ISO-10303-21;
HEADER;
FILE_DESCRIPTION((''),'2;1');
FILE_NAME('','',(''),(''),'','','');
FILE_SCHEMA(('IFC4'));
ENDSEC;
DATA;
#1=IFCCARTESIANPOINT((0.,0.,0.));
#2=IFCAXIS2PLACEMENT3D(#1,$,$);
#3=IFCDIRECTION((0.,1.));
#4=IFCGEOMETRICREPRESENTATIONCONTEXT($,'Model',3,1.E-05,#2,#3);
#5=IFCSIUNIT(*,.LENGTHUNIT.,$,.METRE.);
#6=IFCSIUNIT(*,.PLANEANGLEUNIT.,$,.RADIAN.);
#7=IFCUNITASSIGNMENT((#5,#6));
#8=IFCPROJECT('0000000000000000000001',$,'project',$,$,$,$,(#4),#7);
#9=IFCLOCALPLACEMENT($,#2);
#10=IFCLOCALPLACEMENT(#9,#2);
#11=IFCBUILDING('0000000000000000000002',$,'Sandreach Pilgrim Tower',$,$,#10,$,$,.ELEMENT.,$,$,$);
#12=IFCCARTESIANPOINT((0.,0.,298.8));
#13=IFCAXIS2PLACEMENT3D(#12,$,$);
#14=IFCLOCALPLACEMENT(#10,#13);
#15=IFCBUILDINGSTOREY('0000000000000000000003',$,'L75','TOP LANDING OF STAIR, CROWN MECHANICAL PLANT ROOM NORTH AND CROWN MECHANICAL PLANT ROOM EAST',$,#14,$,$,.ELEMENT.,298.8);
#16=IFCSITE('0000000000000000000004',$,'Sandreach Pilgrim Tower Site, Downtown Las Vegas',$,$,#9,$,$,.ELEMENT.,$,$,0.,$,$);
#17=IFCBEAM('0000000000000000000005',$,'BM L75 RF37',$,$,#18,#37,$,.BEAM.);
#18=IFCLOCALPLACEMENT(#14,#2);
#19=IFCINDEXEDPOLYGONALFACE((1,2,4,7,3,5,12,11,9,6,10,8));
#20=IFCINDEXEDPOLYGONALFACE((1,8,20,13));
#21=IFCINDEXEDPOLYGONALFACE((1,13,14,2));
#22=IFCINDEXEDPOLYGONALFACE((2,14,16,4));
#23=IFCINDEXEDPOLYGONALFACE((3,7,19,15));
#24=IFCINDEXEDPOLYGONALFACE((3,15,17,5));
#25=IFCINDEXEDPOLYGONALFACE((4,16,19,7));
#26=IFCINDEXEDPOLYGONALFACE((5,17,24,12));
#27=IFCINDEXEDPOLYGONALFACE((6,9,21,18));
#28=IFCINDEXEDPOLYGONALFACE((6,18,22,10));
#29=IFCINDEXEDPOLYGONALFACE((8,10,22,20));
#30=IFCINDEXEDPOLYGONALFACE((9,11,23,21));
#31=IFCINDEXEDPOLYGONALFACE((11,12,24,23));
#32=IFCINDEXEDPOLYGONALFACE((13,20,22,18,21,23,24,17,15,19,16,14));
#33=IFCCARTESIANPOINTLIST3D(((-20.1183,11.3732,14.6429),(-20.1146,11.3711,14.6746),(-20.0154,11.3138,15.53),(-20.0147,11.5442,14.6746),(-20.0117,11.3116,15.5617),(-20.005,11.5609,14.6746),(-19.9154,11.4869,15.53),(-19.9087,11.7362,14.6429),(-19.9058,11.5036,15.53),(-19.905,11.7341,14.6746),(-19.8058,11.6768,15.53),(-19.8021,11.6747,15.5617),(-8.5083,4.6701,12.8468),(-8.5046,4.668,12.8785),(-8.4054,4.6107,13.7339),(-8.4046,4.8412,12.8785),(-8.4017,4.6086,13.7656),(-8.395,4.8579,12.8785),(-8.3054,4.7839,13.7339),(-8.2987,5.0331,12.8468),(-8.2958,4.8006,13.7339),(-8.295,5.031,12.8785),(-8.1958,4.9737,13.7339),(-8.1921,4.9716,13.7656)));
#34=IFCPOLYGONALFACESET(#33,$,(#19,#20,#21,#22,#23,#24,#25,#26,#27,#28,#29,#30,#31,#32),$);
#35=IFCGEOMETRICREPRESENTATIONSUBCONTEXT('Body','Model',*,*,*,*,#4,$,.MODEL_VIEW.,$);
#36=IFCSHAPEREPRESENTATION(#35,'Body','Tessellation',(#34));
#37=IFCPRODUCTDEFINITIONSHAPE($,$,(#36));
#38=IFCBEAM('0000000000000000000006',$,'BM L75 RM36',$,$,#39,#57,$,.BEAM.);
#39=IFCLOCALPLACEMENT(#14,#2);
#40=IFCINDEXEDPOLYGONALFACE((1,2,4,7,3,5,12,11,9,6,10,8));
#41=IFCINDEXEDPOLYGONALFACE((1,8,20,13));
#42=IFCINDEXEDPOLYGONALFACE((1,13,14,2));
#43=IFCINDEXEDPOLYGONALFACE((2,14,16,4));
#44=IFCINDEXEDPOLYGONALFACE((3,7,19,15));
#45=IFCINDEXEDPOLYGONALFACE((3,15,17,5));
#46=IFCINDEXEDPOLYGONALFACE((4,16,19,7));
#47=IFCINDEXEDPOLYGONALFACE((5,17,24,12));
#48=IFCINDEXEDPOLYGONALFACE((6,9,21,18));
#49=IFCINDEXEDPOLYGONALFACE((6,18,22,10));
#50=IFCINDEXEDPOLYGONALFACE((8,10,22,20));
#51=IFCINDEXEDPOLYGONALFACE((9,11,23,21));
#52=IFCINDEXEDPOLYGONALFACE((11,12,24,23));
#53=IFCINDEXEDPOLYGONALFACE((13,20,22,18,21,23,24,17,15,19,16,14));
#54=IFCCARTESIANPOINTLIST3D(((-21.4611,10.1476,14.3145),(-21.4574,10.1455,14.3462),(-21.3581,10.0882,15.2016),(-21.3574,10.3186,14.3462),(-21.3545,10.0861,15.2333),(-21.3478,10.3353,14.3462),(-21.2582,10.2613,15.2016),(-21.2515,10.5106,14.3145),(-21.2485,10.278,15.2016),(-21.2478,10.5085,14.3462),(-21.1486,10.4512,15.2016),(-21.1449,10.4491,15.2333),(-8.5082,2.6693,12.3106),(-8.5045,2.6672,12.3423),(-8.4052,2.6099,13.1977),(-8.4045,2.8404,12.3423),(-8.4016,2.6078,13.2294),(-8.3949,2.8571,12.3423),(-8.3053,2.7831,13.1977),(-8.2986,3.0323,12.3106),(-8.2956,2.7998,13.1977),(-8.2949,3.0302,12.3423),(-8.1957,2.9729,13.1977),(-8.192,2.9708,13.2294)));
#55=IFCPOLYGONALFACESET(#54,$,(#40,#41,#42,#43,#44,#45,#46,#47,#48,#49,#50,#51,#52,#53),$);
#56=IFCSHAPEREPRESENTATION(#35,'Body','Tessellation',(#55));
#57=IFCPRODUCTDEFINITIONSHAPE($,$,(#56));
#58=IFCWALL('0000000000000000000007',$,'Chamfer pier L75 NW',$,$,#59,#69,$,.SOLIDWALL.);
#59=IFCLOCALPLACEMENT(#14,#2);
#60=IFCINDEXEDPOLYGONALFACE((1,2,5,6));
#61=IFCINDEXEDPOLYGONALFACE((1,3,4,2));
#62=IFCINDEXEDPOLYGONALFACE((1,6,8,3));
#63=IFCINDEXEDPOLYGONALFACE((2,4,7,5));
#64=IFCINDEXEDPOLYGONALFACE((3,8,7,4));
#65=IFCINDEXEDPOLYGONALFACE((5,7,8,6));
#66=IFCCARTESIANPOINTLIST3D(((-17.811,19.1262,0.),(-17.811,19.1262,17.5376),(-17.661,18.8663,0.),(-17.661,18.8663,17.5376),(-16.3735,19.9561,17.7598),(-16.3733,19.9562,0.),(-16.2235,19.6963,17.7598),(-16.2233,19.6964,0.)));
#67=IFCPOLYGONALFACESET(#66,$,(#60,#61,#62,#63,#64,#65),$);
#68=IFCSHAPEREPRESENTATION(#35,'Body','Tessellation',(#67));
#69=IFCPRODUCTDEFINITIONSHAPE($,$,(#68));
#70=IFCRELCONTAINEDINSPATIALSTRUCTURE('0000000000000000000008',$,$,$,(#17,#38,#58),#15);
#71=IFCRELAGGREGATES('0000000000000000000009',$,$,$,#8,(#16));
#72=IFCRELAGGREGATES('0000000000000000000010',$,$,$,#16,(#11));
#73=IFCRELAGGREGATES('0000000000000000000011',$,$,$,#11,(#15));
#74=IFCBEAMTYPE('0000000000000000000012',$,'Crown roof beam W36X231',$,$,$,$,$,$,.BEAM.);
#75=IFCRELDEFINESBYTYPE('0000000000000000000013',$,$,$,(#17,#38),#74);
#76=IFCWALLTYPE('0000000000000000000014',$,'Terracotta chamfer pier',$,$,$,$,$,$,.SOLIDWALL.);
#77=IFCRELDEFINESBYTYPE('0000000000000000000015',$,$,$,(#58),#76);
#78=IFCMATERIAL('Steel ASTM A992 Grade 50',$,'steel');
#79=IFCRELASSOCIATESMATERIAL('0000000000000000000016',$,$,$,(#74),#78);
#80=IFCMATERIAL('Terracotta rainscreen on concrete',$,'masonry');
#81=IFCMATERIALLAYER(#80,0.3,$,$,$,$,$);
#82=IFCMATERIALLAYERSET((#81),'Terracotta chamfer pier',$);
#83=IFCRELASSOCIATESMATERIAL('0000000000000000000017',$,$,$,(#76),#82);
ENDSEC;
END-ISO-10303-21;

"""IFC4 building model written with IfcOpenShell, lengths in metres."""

from ifc_helpers import new_model, si_unit, direction, frame, origin, origin_2d, place, context, subcontext, project, spatial, polyline, i_section, outline, extrude, material, layer, layer_set, material_profile, profile_set, type_object, element, save


model = new_model("IFC4")

# Units and contexts
model_context = context("Model", 3, precision=1e-05, world=origin(), true_north=direction((0.0, 1.0)))
body_context = subcontext(model_context, "Body", "Model", "MODEL_VIEW")
ifc_project = project(units=[si_unit("LENGTHUNIT", "METRE"), si_unit("PLANEANGLEUNIT", "RADIAN")], contexts=[model_context])

# Site, building, storey
site_placement = place(None, origin())
site = spatial("IfcSite", under=ifc_project, at=site_placement, Name="Sandreach Pilgrim Tower Site, Downtown Las Vegas", CompositionType="ELEMENT", RefElevation=0.0)
building_placement = place(site_placement, origin())
building = spatial("IfcBuilding", under=site, at=building_placement, Name="Sandreach Pilgrim Tower", CompositionType="ELEMENT")
storey_placement = place(building_placement, frame((0.0, 0.0, 298.8)))
storey = spatial("IfcBuildingStorey", under=building, at=storey_placement, Name="L75", Description="TOP LANDING OF STAIR, CROWN MECHANICAL PLANT ROOM NORTH AND CROWN MECHANICAL PLANT ROOM EAST", CompositionType="ELEMENT", Elevation=298.8)

# Beams
ifc_material_1 = material(Name="Steel ASTM A992 Grade 50", Category="steel")
ifc_material_profile = material_profile(ifc_material_1, i_section(OverallWidth=0.4192, OverallDepth=0.927, WebThickness=0.0193, FlangeThickness=0.032, at=origin_2d()), Name="W36X231")
ifc_profile_set = profile_set([ifc_material_profile], Name="Steel ASTM A992 Grade 50")
beam_type = type_object("IfcBeamType", Name="Crown roof beam W36X231", PredefinedType="BEAM", material=ifc_profile_set)
beam_1_placement = place(storey_placement, frame((-19.9602, 11.5239, 15.1023), z_axis=(0.858355, -0.495573, -0.132792), x_axis=(0.500001, 0.866025, 0.0)))
element("IfcBeam", 1, at=beam_1_placement, inside=storey, type_object=beam_type, Name="BM L75 RF37", PredefinedType="BEAM", context=body_context, shape_type="SweptSolid", body=[
    extrude(i_section(OverallWidth=0.4192, OverallDepth=0.927, WebThickness=0.0193, FlangeThickness=0.032, at=origin_2d()), origin(), (0.0, 0.0, 1.0), 13.5259),
])
beam_2_placement = place(storey_placement, frame((-21.303, 10.2983, 14.7739), z_axis=(0.858358, -0.495568, -0.132794), x_axis=(0.499996, 0.866028, 0.0)))
element("IfcBeam", 2, at=beam_2_placement, inside=storey, type_object=beam_type, Name="BM L75 RM36", PredefinedType="BEAM", context=body_context, shape_type="SweptSolid", body=[
    extrude(i_section(OverallWidth=0.4192, OverallDepth=0.927, WebThickness=0.0193, FlangeThickness=0.032, at=origin_2d()), origin(), (0.0, 0.0, 1.0), 15.0903),
])

# Wall
ifc_material_2 = material(Name="Terracotta rainscreen on concrete", Category="masonry")
ifc_layer_1 = layer(ifc_material_2, 0.3)
ifc_layer_set_1 = layer_set([ifc_layer_1], Name="Terracotta chamfer pier")
wall_type_1 = type_object("IfcWallType", Name="Terracotta chamfer pier", PredefinedType="SOLIDWALL", material=ifc_layer_set_1)
wall_1_placement = place(storey_placement, frame((-17.7361, 18.9963, 0.0), z_axis=(0.0, 0.0, 1.0), x_axis=(0.866026, 0.499998, 0.0)))
element("IfcWall", 3, at=wall_1_placement, inside=storey, type_object=wall_type_1, Name="Chamfer pier L75 NW", PredefinedType="SOLIDWALL", context=body_context, shape_type="SweptSolid", body=[
    extrude(outline(polyline([(0.0, 0.0), (1.6602, 0.0), (1.6599, 17.7598), (0.0, 17.5376), (0.0, 0.0)])), frame((0.0, 0.1499, 0.0), z_axis=(0.0, -1.0, 0.0), x_axis=(1.0, 0.0, 0.0)), (0.0, 0.0, 1.0), 0.3),
])

save(model, "model.ifc")
